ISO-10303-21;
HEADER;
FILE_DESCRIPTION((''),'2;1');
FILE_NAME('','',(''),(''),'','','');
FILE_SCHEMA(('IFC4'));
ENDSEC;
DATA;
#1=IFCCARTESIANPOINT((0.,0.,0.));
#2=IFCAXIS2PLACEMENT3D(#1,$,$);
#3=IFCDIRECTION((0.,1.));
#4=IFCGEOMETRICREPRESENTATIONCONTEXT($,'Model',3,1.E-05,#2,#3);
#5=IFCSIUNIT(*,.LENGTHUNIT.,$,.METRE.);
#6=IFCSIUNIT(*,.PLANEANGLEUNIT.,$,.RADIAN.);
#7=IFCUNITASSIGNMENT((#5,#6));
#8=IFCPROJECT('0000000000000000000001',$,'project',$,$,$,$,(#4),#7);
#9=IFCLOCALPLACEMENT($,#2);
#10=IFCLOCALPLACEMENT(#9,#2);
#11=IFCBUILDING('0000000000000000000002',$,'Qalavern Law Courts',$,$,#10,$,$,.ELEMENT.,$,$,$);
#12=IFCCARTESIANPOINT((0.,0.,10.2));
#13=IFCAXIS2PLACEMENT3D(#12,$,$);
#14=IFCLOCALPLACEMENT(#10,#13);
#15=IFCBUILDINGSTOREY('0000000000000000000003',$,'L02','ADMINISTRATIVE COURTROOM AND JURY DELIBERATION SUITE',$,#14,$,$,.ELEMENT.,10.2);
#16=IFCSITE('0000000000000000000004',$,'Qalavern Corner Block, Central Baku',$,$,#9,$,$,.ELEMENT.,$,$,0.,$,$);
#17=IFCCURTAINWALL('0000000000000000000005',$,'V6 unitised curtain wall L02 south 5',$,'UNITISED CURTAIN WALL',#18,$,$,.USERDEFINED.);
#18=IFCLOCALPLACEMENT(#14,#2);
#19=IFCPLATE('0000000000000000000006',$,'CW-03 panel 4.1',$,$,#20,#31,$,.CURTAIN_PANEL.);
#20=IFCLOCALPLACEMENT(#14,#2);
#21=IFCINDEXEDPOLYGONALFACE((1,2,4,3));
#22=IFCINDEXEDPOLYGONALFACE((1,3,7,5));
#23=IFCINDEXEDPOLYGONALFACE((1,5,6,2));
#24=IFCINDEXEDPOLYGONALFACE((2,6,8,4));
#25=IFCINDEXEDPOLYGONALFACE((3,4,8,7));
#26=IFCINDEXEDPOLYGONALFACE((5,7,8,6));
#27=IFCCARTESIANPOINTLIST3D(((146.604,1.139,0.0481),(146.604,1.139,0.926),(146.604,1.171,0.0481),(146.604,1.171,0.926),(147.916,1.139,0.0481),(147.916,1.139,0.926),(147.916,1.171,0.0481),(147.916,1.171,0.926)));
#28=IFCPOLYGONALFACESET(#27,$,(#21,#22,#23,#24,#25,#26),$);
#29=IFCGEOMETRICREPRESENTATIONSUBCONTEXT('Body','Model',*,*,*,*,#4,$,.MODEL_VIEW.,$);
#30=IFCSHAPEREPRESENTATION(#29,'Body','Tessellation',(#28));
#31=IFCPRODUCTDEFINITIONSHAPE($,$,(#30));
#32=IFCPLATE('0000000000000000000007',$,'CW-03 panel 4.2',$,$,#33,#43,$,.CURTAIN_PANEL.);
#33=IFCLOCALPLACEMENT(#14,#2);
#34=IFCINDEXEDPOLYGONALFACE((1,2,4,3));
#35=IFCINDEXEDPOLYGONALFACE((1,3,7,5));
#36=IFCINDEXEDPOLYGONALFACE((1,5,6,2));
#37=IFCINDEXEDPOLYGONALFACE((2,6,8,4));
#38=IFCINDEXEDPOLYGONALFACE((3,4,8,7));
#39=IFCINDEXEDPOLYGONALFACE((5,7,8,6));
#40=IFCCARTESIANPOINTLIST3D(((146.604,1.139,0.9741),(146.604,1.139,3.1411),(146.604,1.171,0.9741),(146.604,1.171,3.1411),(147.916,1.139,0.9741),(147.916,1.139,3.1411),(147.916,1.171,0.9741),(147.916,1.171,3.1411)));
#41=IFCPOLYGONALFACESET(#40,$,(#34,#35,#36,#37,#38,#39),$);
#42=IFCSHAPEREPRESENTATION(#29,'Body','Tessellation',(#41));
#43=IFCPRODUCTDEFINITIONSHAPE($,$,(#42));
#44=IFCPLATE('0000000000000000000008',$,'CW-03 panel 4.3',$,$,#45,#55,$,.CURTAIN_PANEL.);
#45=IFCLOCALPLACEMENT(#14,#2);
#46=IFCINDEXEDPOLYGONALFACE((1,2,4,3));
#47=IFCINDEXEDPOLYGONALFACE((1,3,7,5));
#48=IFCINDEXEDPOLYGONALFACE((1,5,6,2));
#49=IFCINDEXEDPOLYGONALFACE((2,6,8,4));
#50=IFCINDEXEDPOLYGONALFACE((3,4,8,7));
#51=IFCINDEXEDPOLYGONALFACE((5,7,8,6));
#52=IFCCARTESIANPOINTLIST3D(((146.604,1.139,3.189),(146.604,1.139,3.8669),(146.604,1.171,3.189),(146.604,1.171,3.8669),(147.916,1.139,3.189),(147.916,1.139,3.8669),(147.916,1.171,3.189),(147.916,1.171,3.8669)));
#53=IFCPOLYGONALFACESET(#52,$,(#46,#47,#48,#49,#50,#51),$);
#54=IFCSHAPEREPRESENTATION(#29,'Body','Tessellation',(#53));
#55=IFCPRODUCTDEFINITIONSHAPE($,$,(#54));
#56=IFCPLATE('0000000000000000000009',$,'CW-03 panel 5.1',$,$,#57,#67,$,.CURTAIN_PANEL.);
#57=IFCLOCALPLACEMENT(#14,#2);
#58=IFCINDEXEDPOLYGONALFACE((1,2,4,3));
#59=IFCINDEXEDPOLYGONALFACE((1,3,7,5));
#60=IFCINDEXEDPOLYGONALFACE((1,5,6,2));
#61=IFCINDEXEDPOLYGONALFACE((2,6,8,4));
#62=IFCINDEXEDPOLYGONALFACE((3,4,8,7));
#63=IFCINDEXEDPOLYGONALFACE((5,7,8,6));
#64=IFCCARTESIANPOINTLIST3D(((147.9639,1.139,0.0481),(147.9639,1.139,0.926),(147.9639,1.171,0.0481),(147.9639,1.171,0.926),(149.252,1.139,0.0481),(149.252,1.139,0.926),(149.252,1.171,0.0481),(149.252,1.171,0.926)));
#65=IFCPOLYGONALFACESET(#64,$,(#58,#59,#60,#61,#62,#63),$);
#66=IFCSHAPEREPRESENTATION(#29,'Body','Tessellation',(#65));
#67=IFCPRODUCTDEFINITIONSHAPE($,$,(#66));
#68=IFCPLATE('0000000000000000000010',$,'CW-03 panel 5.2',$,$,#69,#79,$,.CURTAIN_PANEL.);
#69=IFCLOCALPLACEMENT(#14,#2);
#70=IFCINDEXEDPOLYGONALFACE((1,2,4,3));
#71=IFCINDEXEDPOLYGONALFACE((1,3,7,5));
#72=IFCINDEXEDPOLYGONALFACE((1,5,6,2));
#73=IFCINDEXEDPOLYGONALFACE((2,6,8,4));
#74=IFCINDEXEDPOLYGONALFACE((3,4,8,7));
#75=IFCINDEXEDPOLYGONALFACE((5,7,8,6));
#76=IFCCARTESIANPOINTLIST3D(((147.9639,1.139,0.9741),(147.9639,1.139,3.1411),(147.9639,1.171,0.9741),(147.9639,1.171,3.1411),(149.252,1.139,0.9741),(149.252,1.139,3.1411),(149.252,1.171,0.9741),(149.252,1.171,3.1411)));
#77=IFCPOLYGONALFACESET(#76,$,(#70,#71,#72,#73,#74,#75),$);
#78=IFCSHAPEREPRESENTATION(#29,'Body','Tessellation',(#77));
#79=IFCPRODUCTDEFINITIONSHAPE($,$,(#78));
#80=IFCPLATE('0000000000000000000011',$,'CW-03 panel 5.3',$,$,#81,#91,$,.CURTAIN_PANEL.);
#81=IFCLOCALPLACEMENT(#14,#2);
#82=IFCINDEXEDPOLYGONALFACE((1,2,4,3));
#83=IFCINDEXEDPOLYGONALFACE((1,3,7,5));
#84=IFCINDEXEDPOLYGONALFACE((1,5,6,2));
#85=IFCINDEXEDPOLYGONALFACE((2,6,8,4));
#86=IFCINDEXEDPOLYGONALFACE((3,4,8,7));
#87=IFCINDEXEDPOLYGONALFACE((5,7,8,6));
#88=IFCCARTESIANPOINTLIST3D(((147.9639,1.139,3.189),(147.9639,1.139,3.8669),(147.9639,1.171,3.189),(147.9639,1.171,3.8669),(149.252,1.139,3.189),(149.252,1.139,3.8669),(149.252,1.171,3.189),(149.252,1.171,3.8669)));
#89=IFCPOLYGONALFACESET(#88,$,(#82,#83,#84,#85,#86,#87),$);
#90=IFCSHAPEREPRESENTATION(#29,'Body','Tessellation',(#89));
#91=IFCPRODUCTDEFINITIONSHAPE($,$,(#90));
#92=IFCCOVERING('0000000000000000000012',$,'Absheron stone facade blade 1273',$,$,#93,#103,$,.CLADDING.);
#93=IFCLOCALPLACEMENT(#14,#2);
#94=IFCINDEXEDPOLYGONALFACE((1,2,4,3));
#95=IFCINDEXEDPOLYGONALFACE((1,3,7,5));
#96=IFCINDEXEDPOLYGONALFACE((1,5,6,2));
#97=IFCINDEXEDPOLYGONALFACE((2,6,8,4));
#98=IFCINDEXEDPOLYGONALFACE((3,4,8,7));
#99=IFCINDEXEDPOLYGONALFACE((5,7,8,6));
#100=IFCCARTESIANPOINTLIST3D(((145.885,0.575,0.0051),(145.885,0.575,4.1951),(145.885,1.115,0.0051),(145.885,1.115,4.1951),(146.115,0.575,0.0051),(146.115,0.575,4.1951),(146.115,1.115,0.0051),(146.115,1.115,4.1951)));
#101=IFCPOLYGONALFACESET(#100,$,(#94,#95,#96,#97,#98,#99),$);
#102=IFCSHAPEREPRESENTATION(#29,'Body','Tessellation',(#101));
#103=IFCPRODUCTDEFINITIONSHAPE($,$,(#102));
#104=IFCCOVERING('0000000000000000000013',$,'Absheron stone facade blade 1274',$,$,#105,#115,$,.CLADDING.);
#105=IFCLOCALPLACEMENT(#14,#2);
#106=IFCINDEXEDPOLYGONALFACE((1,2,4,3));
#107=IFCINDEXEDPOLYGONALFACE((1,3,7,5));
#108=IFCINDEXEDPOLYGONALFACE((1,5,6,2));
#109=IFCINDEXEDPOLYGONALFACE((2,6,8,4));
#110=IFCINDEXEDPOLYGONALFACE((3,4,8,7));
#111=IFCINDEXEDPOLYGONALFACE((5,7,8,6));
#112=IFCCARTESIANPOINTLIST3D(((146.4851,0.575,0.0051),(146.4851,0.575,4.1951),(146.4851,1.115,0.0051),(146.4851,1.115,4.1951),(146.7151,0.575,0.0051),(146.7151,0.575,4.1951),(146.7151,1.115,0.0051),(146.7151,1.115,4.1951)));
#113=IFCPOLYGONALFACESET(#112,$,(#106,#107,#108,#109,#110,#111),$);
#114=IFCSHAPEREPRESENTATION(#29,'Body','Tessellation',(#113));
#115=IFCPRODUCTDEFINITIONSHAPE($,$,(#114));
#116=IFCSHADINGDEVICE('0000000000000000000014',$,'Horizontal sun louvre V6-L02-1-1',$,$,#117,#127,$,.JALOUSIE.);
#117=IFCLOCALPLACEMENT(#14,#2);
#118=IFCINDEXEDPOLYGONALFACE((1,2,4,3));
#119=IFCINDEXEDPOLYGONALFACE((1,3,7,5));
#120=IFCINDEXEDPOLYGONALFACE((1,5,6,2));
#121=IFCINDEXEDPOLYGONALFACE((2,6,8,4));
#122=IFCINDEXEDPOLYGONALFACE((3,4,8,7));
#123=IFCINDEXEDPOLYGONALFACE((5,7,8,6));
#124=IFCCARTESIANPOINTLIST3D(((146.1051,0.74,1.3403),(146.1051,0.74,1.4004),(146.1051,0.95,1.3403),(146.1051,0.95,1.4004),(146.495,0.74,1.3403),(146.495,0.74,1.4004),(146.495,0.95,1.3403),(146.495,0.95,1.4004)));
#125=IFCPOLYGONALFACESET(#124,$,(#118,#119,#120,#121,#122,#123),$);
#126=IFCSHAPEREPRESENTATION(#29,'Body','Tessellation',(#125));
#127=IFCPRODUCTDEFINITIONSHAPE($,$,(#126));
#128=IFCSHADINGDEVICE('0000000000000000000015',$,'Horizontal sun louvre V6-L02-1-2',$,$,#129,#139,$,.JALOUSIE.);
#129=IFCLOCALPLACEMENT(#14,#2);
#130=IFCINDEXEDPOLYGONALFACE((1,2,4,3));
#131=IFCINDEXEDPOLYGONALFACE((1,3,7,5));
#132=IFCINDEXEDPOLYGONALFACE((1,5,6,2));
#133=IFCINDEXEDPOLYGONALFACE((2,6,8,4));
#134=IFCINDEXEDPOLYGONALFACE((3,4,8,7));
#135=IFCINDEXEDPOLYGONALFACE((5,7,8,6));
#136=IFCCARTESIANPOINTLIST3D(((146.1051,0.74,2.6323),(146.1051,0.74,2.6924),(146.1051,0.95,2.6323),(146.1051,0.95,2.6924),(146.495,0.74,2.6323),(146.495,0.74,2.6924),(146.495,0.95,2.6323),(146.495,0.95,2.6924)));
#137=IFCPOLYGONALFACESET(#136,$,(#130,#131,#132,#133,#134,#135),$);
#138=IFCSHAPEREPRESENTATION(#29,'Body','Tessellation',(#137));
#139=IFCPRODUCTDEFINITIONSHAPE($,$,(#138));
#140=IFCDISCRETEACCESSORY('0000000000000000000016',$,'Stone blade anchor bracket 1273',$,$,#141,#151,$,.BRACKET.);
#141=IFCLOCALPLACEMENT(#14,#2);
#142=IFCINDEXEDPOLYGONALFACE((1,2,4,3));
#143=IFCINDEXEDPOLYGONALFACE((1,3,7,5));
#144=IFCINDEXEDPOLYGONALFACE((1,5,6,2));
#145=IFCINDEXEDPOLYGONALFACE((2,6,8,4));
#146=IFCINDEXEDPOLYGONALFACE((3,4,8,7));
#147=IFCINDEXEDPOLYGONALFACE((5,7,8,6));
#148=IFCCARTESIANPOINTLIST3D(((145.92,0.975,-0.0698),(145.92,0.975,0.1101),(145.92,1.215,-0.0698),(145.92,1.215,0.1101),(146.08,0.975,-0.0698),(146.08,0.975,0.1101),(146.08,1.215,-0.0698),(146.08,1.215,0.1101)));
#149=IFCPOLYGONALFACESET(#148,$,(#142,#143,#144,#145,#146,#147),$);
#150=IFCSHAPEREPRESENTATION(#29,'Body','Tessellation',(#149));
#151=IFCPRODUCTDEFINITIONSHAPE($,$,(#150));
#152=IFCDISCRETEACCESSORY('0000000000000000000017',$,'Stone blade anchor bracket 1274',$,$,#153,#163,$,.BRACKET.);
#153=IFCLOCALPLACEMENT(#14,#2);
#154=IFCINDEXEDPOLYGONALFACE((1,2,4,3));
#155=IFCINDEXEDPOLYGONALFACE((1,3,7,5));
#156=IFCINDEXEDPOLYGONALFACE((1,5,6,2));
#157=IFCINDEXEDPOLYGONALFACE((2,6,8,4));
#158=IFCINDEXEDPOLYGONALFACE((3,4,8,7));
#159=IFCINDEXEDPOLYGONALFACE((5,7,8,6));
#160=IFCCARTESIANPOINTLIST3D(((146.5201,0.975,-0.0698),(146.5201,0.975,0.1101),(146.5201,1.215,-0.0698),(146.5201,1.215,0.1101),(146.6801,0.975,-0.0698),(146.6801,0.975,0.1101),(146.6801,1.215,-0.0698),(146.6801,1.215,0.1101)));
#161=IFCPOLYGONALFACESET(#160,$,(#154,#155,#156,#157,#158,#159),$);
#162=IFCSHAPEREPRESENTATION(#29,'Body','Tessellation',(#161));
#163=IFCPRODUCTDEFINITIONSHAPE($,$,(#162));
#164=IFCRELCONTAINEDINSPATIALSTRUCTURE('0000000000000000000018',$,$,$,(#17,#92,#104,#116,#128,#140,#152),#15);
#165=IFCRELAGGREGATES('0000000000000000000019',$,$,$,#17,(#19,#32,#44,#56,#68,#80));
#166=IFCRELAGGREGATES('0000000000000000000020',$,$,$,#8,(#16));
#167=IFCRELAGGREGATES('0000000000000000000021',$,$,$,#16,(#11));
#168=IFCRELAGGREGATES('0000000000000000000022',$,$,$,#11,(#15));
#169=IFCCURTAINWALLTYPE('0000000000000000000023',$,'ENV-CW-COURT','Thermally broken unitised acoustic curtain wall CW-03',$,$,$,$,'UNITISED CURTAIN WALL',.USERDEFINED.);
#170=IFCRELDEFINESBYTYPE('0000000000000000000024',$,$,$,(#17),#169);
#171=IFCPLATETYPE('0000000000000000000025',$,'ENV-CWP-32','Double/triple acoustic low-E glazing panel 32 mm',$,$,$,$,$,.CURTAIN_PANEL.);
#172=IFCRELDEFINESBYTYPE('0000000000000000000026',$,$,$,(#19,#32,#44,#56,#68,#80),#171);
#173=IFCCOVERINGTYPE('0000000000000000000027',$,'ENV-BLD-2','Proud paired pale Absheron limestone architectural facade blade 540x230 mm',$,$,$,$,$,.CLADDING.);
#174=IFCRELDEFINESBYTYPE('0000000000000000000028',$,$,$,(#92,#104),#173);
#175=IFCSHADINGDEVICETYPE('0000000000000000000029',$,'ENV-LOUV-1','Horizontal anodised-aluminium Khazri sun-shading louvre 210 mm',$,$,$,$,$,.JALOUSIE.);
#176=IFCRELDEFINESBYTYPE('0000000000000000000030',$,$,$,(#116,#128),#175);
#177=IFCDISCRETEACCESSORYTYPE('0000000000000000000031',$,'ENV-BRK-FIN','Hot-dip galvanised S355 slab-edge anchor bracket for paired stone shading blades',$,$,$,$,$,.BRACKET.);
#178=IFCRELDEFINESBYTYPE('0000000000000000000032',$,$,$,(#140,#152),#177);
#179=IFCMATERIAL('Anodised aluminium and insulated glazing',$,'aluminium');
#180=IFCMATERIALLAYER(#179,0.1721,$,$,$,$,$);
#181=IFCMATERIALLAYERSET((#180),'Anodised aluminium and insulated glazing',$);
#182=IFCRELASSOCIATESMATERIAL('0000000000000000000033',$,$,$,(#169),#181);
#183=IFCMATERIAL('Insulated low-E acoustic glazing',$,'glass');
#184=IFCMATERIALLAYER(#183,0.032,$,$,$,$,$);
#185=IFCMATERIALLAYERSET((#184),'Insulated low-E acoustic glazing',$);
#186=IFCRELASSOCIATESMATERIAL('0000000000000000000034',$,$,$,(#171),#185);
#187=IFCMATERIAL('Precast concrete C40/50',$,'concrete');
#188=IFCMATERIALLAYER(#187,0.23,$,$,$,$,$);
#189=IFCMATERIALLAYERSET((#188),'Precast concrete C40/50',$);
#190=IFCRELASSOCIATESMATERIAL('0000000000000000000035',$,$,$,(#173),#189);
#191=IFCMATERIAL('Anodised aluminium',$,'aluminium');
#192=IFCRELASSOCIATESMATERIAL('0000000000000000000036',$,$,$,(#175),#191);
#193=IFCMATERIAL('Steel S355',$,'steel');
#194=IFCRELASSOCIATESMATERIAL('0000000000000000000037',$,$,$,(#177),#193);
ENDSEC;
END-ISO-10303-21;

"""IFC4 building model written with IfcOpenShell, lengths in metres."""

from ifc_helpers import new_model, si_unit, direction, frame, origin, origin_2d, place, context, subcontext, project, spatial, rectangle, extrude, material, layer, layer_set, type_object, element, aggregate, save


model = new_model("IFC4")

# Units and contexts
model_context = context("Model", 3, precision=1e-05, world=origin(), true_north=direction((0.0, 1.0)))
body_context = subcontext(model_context, "Body", "Model", "MODEL_VIEW")
ifc_project = project(units=[si_unit("LENGTHUNIT", "METRE"), si_unit("PLANEANGLEUNIT", "RADIAN")], contexts=[model_context])

# Site, building, storey
site_placement = place(None, origin())
site = spatial("IfcSite", under=ifc_project, at=site_placement, Name="Qalavern Corner Block, Central Baku", CompositionType="ELEMENT", RefElevation=0.0)
building_placement = place(site_placement, origin())
building = spatial("IfcBuilding", under=site, at=building_placement, Name="Qalavern Law Courts", CompositionType="ELEMENT")
storey_placement = place(building_placement, frame((0.0, 0.0, 10.2)))
storey = spatial("IfcBuildingStorey", under=building, at=storey_placement, Name="L02", Description="ADMINISTRATIVE COURTROOM AND JURY DELIBERATION SUITE", CompositionType="ELEMENT", Elevation=10.2)

# Curtain wall, plates
ifc_material_1 = material(Name="Anodised aluminium and insulated glazing", Category="aluminium")
ifc_layer_1 = layer(ifc_material_1, 0.1721)
ifc_layer_set_1 = layer_set([ifc_layer_1], Name="Anodised aluminium and insulated glazing")
curtain_wall_type = type_object("IfcCurtainWallType", Name="ENV-CW-COURT", Description="Thermally broken unitised acoustic curtain wall CW-03", ElementType="UNITISED CURTAIN WALL", PredefinedType="USERDEFINED", material=ifc_layer_set_1)
curtain_wall_placement = place(storey_placement, origin())
curtain_wall = element("IfcCurtainWall", 1, at=curtain_wall_placement, inside=storey, type_object=curtain_wall_type, Name="V6 unitised curtain wall L02 south 5", ObjectType="UNITISED CURTAIN WALL", PredefinedType="USERDEFINED")
ifc_material_2 = material(Name="Anodised aluminium", Category="aluminium")
ifc_material_3 = material(Name="Insulated low-E acoustic glazing", Category="glass")
ifc_layer_2 = layer(ifc_material_3, 0.032)
ifc_layer_set_2 = layer_set([ifc_layer_2], Name="Insulated low-E acoustic glazing")
plate_type = type_object("IfcPlateType", Name="ENV-CWP-32", Description="Double/triple acoustic low-E glazing panel 32 mm", PredefinedType="CURTAIN_PANEL", material=ifc_layer_set_2)
plate_1_placement = place(storey_placement, frame((147.26, 1.155, 0.0481), z_axis=(0.0, 0.0, 1.0), x_axis=(1.0, 0.0, 0.0)))
plate_1 = element("IfcPlate", 2, at=plate_1_placement, type_object=plate_type, Name="CW-03 panel 4.1", PredefinedType="CURTAIN_PANEL", context=body_context, shape_type="SweptSolid", body=[
    extrude(rectangle(XDim=1.312, YDim=0.032, at=origin_2d()), origin(), (0.0, 0.0, 1.0), 0.8779),
])
plate_2_placement = place(storey_placement, frame((147.26, 1.155, 0.9741), z_axis=(0.0, 0.0, 1.0), x_axis=(1.0, 0.0, 0.0)))
plate_2 = element("IfcPlate", 3, at=plate_2_placement, type_object=plate_type, Name="CW-03 panel 4.2", PredefinedType="CURTAIN_PANEL", context=body_context, shape_type="SweptSolid", body=[
    extrude(rectangle(XDim=1.312, YDim=0.032, at=origin_2d()), origin(), (0.0, 0.0, 1.0), 2.167),
])
plate_3_placement = place(storey_placement, frame((147.26, 1.155, 3.189), z_axis=(0.0, 0.0, 1.0), x_axis=(1.0, 0.0, 0.0)))
plate_3 = element("IfcPlate", 4, at=plate_3_placement, type_object=plate_type, Name="CW-03 panel 4.3", PredefinedType="CURTAIN_PANEL", context=body_context, shape_type="SweptSolid", body=[
    extrude(rectangle(XDim=1.312, YDim=0.032, at=origin_2d()), origin(), (0.0, 0.0, 1.0), 0.678),
])
plate_4_placement = place(storey_placement, frame((148.6079, 1.155, 0.0481), z_axis=(0.0, 0.0, 1.0), x_axis=(1.0, 0.0, 0.0)))
plate_4 = element("IfcPlate", 5, at=plate_4_placement, type_object=plate_type, Name="CW-03 panel 5.1", PredefinedType="CURTAIN_PANEL", context=body_context, shape_type="SweptSolid", body=[
    extrude(rectangle(XDim=1.2881, YDim=0.032, at=origin_2d()), origin(), (0.0, 0.0, 1.0), 0.8779),
])
plate_5_placement = place(storey_placement, frame((148.6079, 1.155, 0.9741), z_axis=(0.0, 0.0, 1.0), x_axis=(1.0, 0.0, 0.0)))
plate_5 = element("IfcPlate", 6, at=plate_5_placement, type_object=plate_type, Name="CW-03 panel 5.2", PredefinedType="CURTAIN_PANEL", context=body_context, shape_type="SweptSolid", body=[
    extrude(rectangle(XDim=1.2881, YDim=0.032, at=origin_2d()), origin(), (0.0, 0.0, 1.0), 2.167),
])
plate_6_placement = place(storey_placement, frame((148.6079, 1.155, 3.189), z_axis=(0.0, 0.0, 1.0), x_axis=(1.0, 0.0, 0.0)))
plate_6 = element("IfcPlate", 7, at=plate_6_placement, type_object=plate_type, Name="CW-03 panel 5.3", PredefinedType="CURTAIN_PANEL", context=body_context, shape_type="SweptSolid", body=[
    extrude(rectangle(XDim=1.2881, YDim=0.032, at=origin_2d()), origin(), (0.0, 0.0, 1.0), 0.678),
])
aggregate(curtain_wall, [plate_1, plate_2, plate_3, plate_4, plate_5, plate_6])

# Coverings
ifc_material_4 = material(Name="Precast concrete C40/50", Category="concrete")
ifc_layer_3 = layer(ifc_material_4, 0.23)
ifc_layer_set_3 = layer_set([ifc_layer_3], Name="Precast concrete C40/50")
covering_type = type_object("IfcCoveringType", Name="ENV-BLD-2", Description="Proud paired pale Absheron limestone architectural facade blade 540x230 mm", PredefinedType="CLADDING", material=ifc_layer_set_3)
for number, where, z_axis, x_axis, name in (
    (8, (146.0, 0.845, 0.0051), (0.0, 0.0, 1.0), (0.0, -1.0, 0.0), "Absheron stone facade blade 1273"),
    (9, (146.6001, 0.845, 0.0051), (0.0, 0.0, 1.0), (0.0, -1.0, 0.0), "Absheron stone facade blade 1274"),
):
    element("IfcCovering", number, at=place(storey_placement, frame(where, z_axis=z_axis, x_axis=x_axis)), inside=storey, type_object=covering_type, Name=name, PredefinedType="CLADDING", context=body_context, shape_type="SweptSolid", body=[
        extrude(rectangle(XDim=0.54, YDim=0.23, at=origin_2d()), origin(), (0.0, 0.0, 1.0), 4.1899),
    ])

# Shading devices
shading_device_type = type_object("IfcShadingDeviceType", Name="ENV-LOUV-1", Description="Horizontal anodised-aluminium Khazri sun-shading louvre 210 mm", PredefinedType="JALOUSIE", material=ifc_material_2)
for number, where, z_axis, x_axis, name in (
    (10, (146.3, 0.845, 1.3403), (0.0, 0.0, 1.0), (1.0, 0.0, 0.0), "Horizontal sun louvre V6-L02-1-1"),
    (11, (146.3, 0.845, 2.6323), (0.0, 0.0, 1.0), (1.0, 0.0, 0.0), "Horizontal sun louvre V6-L02-1-2"),
):
    element("IfcShadingDevice", number, at=place(storey_placement, frame(where, z_axis=z_axis, x_axis=x_axis)), inside=storey, type_object=shading_device_type, Name=name, PredefinedType="JALOUSIE", context=body_context, shape_type="SweptSolid", body=[
        extrude(rectangle(XDim=0.3899, YDim=0.21, at=origin_2d()), origin(), (0.0, 0.0, 1.0), 0.0601),
    ])

# Discrete accessories
ifc_material_5 = material(Name="Steel S355", Category="steel")
discrete_accessory_type = type_object("IfcDiscreteAccessoryType", Name="ENV-BRK-FIN", Description="Hot-dip galvanised S355 slab-edge anchor bracket for paired stone shading blades", PredefinedType="BRACKET", material=ifc_material_5)
for number, where, z_axis, x_axis, name in (
    (12, (146.0, 1.095, -0.0698), (0.0, 0.0, 1.0), (0.0, -1.0, 0.0), "Stone blade anchor bracket 1273"),
    (13, (146.6001, 1.095, -0.0698), (0.0, 0.0, 1.0), (0.0, -1.0, 0.0), "Stone blade anchor bracket 1274"),
):
    element("IfcDiscreteAccessory", number, at=place(storey_placement, frame(where, z_axis=z_axis, x_axis=x_axis)), inside=storey, type_object=discrete_accessory_type, Name=name, PredefinedType="BRACKET", context=body_context, shape_type="SweptSolid", body=[
        extrude(rectangle(XDim=0.24, YDim=0.1599, at=origin_2d()), origin(), (0.0, 0.0, 1.0), 0.1799),
    ])

save(model, "model.ifc")
